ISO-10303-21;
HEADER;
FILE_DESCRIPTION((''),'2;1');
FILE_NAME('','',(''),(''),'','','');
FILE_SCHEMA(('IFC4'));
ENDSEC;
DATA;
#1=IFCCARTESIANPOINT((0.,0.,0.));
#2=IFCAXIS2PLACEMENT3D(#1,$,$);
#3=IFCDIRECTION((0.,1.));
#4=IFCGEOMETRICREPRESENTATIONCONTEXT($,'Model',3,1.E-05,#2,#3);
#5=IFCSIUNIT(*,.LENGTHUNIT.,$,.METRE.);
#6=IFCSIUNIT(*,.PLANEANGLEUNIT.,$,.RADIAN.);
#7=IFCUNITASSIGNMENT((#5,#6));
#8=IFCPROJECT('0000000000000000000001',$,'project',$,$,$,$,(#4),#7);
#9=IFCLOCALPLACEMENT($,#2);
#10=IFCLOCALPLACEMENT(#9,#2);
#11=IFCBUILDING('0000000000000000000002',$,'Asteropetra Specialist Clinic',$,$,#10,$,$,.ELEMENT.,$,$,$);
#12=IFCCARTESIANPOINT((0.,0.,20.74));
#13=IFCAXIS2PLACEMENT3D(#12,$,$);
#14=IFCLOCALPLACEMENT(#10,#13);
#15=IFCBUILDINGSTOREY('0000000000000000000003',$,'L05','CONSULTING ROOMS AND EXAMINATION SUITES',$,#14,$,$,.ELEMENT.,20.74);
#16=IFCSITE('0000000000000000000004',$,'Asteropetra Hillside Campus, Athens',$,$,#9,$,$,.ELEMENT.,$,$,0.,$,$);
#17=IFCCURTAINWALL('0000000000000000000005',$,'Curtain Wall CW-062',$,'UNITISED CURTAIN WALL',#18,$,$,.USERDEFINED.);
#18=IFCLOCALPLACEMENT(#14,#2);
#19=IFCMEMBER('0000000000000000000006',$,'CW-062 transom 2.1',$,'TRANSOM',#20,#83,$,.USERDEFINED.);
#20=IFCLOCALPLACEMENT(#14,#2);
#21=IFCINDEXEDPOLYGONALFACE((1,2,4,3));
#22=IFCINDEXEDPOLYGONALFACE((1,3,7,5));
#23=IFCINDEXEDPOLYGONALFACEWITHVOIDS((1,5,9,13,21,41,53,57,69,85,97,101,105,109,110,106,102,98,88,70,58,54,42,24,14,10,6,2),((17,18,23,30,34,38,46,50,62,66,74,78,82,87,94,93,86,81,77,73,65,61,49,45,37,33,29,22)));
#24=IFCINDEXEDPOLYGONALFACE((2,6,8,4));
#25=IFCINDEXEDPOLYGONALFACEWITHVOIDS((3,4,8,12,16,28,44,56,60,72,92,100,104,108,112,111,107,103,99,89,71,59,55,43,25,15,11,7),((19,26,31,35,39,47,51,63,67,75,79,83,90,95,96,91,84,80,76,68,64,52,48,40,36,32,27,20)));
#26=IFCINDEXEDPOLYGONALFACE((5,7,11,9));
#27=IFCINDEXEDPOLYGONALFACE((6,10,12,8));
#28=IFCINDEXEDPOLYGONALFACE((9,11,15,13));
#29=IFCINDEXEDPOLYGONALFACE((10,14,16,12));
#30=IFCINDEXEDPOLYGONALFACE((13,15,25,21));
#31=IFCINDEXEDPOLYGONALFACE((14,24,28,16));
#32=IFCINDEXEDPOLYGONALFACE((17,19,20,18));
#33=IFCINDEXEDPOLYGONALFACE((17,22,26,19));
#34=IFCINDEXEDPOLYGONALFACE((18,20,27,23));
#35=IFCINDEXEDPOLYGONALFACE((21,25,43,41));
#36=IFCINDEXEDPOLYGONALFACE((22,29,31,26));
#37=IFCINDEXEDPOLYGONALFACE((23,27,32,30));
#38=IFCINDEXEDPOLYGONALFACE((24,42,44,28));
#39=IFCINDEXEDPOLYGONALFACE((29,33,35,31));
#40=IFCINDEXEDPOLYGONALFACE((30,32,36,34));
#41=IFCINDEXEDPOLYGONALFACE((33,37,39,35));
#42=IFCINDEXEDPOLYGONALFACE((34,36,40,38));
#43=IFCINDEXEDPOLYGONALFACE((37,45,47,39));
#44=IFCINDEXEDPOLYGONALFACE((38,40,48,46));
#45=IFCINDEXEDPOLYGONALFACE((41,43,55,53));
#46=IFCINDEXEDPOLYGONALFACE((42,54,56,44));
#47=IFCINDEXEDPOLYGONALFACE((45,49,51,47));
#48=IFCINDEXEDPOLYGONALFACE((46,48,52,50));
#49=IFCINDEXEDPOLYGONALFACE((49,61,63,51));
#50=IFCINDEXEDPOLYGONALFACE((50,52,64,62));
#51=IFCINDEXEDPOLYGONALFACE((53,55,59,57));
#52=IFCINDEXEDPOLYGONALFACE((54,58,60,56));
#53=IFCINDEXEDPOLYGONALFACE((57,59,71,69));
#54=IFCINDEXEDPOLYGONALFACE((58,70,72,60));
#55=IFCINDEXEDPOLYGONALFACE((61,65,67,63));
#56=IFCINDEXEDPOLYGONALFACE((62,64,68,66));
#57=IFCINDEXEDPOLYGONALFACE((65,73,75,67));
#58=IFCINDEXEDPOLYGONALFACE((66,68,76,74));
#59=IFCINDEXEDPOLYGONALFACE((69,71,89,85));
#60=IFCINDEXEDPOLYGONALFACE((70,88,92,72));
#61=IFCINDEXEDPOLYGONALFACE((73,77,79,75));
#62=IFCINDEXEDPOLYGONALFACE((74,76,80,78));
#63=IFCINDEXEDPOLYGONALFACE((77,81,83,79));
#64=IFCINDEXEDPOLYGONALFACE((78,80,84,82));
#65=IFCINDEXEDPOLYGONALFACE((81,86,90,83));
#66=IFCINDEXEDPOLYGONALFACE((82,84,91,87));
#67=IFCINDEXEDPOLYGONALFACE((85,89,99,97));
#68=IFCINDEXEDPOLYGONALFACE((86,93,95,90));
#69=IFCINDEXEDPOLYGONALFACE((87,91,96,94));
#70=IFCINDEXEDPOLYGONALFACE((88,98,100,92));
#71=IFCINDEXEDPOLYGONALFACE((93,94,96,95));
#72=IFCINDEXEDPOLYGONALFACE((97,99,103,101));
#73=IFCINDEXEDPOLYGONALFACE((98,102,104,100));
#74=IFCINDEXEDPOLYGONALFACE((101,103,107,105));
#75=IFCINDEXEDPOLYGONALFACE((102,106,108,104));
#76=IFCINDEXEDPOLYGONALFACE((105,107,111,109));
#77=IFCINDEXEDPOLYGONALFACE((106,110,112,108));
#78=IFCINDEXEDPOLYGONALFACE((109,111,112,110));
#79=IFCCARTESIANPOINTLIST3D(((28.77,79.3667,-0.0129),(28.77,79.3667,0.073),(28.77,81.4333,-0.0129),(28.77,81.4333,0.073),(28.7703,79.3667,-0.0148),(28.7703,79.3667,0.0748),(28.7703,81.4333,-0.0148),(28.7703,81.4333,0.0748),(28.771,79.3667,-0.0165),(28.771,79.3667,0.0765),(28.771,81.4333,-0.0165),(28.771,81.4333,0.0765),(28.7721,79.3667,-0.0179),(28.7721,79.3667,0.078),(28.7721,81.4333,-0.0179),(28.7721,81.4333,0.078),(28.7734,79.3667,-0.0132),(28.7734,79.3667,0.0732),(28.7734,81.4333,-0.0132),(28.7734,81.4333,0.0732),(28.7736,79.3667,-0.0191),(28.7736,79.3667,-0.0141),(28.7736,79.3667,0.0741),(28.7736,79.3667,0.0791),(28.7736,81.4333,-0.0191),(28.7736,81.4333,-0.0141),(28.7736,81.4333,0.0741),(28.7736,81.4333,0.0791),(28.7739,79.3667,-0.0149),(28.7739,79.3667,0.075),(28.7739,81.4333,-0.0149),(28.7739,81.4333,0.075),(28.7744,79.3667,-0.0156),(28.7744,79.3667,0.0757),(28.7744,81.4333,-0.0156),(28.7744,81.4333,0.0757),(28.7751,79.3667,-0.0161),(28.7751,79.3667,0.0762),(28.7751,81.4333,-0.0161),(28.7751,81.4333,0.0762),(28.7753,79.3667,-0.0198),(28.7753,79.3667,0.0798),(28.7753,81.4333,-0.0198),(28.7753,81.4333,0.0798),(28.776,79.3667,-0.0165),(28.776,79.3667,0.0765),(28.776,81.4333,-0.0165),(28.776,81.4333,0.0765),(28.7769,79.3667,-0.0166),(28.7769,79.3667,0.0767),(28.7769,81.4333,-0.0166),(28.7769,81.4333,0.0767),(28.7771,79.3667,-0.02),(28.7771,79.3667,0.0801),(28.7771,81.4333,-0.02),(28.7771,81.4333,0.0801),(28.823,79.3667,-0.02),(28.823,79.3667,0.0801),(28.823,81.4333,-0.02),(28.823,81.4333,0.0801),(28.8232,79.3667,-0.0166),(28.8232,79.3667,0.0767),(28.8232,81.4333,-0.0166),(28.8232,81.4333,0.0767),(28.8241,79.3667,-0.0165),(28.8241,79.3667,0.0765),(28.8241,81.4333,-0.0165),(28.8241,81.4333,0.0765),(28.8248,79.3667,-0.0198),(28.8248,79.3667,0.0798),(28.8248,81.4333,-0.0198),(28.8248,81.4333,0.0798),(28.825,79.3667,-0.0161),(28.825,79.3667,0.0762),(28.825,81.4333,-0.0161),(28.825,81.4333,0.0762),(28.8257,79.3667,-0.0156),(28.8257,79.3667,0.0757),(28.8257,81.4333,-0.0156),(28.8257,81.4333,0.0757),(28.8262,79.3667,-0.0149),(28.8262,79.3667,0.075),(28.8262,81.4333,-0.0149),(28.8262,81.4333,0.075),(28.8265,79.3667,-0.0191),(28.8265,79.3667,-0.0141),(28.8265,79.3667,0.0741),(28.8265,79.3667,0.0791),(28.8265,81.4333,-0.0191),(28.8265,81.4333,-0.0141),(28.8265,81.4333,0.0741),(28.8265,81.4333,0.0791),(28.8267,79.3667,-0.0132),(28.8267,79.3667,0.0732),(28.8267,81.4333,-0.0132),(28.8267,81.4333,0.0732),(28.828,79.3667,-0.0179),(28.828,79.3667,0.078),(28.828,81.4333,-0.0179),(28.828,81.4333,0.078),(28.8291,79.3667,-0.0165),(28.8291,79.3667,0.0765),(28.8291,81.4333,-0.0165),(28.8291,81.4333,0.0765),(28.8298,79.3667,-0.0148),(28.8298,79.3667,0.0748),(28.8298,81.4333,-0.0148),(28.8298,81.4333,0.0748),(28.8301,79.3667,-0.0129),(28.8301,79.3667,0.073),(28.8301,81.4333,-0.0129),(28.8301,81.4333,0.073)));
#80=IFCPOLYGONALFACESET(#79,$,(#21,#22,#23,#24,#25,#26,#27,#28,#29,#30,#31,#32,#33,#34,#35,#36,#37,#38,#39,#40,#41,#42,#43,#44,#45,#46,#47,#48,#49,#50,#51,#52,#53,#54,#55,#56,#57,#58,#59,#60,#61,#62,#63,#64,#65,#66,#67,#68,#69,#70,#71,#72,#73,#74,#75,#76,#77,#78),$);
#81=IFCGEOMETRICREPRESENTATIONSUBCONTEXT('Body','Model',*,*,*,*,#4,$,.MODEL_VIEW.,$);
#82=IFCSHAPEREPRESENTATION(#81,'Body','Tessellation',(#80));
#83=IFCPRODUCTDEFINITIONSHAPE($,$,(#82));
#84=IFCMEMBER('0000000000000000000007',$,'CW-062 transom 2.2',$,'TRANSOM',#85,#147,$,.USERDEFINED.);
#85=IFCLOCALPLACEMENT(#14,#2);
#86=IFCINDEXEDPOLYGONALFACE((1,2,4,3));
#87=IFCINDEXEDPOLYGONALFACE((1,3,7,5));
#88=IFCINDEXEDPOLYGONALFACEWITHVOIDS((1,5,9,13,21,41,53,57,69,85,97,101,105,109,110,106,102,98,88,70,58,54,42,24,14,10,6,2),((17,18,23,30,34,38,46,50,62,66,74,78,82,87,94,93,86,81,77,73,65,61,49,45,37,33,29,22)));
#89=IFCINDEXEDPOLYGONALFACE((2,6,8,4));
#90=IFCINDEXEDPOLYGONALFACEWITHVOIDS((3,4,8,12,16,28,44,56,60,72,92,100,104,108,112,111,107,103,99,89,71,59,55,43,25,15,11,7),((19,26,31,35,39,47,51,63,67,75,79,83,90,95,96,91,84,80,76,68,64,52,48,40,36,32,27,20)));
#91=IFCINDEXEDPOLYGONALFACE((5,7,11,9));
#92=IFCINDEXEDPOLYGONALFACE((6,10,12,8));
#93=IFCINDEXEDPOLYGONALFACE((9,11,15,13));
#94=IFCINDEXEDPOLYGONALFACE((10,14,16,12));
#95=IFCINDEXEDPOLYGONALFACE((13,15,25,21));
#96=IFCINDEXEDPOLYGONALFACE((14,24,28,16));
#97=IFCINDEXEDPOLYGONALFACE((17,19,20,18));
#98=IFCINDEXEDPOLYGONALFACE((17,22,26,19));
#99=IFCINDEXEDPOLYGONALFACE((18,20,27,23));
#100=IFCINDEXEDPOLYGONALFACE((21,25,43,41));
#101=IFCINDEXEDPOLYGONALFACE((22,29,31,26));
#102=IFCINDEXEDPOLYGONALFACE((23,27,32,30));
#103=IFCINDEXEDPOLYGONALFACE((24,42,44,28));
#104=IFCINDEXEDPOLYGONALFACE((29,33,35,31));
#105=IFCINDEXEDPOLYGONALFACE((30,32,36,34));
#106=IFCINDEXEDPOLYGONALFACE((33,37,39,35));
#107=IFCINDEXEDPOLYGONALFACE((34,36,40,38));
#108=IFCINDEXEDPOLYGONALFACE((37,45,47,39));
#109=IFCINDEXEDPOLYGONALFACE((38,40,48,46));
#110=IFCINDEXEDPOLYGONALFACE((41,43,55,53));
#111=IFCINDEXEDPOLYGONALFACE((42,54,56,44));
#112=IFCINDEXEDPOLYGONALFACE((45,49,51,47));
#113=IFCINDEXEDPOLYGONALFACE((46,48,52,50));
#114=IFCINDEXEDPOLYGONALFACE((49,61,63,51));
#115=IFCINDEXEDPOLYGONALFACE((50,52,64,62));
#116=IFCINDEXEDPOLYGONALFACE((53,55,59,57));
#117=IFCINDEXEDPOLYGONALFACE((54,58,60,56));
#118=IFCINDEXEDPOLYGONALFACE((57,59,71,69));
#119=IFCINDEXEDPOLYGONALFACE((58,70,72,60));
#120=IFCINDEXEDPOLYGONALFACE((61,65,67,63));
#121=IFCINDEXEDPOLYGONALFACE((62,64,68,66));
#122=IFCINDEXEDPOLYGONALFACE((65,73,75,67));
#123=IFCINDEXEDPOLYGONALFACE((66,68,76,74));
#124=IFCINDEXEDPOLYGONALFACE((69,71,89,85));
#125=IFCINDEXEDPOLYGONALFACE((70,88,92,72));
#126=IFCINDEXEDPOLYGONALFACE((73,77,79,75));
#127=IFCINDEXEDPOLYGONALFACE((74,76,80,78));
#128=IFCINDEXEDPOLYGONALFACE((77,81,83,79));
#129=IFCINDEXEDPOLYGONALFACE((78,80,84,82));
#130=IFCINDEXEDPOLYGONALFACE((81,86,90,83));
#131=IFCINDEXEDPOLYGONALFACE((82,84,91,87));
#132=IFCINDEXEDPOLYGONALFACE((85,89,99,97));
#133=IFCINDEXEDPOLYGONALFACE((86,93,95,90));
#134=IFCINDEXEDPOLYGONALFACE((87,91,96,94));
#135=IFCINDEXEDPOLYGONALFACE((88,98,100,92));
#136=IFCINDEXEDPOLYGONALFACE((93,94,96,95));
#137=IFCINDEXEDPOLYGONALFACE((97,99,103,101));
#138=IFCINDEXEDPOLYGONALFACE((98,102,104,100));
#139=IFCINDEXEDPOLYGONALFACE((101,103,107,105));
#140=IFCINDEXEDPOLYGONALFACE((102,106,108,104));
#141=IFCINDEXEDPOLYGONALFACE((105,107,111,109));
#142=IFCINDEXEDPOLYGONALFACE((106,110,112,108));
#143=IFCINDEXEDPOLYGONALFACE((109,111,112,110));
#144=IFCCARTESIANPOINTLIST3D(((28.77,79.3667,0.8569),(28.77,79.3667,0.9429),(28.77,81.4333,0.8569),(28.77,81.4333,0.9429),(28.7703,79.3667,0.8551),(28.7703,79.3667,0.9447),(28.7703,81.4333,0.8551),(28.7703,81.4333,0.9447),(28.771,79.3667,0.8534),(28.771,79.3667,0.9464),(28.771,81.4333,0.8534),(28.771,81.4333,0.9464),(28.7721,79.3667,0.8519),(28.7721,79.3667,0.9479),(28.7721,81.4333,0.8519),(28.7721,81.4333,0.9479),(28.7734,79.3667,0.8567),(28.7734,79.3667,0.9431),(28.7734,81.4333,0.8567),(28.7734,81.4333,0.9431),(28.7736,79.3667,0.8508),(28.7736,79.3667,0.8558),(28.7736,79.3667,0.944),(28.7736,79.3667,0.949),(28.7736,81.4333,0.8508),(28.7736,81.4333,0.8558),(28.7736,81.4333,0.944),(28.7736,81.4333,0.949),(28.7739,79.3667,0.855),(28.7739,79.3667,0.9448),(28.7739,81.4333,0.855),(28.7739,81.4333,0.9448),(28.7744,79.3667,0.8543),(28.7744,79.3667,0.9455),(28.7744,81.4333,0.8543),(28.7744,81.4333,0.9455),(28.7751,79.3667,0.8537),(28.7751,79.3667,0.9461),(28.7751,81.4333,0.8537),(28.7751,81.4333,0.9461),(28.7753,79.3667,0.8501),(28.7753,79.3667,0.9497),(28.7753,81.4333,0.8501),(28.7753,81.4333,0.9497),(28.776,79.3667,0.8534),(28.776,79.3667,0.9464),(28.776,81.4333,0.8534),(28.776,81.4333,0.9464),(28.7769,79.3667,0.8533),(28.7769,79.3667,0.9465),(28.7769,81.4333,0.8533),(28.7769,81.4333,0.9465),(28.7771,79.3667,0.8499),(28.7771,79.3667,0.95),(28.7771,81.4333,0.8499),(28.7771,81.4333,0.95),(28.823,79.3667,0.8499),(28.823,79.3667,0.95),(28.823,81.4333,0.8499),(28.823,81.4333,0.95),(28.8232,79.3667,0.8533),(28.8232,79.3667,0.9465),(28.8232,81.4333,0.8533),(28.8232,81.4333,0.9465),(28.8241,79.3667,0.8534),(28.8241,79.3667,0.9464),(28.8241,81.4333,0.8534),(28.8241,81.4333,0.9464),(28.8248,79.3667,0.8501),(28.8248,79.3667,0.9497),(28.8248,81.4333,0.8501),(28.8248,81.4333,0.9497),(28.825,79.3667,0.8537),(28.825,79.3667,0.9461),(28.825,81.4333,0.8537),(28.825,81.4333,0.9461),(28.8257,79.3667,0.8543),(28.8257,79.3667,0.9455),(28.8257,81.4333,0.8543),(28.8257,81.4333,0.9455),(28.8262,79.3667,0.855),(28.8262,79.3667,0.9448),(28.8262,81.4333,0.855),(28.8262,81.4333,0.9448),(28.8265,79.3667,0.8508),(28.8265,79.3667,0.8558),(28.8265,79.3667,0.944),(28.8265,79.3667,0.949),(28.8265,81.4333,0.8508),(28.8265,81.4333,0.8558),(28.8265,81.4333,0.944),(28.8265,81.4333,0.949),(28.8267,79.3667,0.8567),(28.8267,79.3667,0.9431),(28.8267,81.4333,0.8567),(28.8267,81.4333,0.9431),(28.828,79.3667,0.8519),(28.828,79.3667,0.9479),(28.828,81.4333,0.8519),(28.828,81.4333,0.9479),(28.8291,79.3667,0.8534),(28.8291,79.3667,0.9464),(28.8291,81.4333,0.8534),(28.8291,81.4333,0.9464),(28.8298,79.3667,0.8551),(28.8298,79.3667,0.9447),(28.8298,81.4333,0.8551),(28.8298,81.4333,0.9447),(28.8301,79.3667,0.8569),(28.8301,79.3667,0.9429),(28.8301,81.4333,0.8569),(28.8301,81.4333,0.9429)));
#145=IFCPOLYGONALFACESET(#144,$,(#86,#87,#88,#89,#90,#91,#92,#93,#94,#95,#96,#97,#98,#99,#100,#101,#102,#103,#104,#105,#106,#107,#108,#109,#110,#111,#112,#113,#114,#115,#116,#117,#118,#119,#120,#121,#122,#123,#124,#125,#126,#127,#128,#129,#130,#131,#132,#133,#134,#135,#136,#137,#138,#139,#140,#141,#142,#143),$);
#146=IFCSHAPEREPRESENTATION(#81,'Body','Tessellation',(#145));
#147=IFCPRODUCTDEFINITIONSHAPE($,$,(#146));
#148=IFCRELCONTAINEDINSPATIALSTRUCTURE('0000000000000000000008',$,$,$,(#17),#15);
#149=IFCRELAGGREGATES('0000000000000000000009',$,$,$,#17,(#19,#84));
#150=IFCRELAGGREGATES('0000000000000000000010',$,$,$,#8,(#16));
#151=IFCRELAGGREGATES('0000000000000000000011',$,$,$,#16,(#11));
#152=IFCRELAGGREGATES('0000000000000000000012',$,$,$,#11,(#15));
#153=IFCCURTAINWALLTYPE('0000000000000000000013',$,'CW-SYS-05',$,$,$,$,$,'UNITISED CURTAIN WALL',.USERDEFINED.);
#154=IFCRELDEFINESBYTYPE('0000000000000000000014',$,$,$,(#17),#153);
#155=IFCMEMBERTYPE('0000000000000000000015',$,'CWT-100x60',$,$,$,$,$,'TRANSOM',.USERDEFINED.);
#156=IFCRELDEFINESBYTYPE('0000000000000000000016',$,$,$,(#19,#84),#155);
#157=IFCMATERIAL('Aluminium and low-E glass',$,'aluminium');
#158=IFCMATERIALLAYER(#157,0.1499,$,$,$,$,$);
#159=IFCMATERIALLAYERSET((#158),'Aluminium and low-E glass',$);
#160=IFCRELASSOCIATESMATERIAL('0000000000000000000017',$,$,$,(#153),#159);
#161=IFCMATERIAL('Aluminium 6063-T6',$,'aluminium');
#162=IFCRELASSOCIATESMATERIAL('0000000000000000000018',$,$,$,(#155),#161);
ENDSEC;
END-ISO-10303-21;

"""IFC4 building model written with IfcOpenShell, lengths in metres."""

from ifc_helpers import new_model, si_unit, direction, frame, origin, origin_2d, place, context, subcontext, project, spatial, hollow_rectangle, extrude, material, layer, layer_set, material_profile, profile_set, type_object, element, aggregate, save


model = new_model("IFC4")

# Units and contexts
model_context = context("Model", 3, precision=1e-05, world=origin(), true_north=direction((0.0, 1.0)))
body_context = subcontext(model_context, "Body", "Model", "MODEL_VIEW")
ifc_project = project(units=[si_unit("LENGTHUNIT", "METRE"), si_unit("PLANEANGLEUNIT", "RADIAN")], contexts=[model_context])

# Site, building, storey
site_placement = place(None, origin())
site = spatial("IfcSite", under=ifc_project, at=site_placement, Name="Asteropetra Hillside Campus, Athens", CompositionType="ELEMENT", RefElevation=0.0)
building_placement = place(site_placement, origin())
building = spatial("IfcBuilding", under=site, at=building_placement, Name="Asteropetra Specialist Clinic", CompositionType="ELEMENT")
storey_placement = place(building_placement, frame((0.0, 0.0, 20.74)))
storey = spatial("IfcBuildingStorey", under=building, at=storey_placement, Name="L05", Description="CONSULTING ROOMS AND EXAMINATION SUITES", CompositionType="ELEMENT", Elevation=20.74)

# Curtain wall, members
ifc_material_1 = material(Name="Aluminium and low-E glass", Category="aluminium")
ifc_layer_1 = layer(ifc_material_1, 0.1499)
ifc_layer_set_1 = layer_set([ifc_layer_1], Name="Aluminium and low-E glass")
curtain_wall_type = type_object("IfcCurtainWallType", Name="CW-SYS-05", ElementType="UNITISED CURTAIN WALL", PredefinedType="USERDEFINED", material=ifc_layer_set_1)
curtain_wall_placement = place(storey_placement, origin())
curtain_wall = element("IfcCurtainWall", 1, at=curtain_wall_placement, inside=storey, type_object=curtain_wall_type, Name="Curtain Wall CW-062", ObjectType="UNITISED CURTAIN WALL", PredefinedType="USERDEFINED")
ifc_material_2 = material(Name="Aluminium 6063-T6", Category="aluminium")
ifc_material_profile_1 = material_profile(ifc_material_2, hollow_rectangle(XDim=0.0601, YDim=0.1001, WallThickness=0.0034, InnerFilletRadius=0.0034, OuterFilletRadius=0.0071, at=origin_2d()), Name="TRN 100x60x3.5")
ifc_profile_set_1 = profile_set([ifc_material_profile_1], Name="Aluminium 6063-T6")
member_type_1 = type_object("IfcMemberType", Name="CWT-100x60", ElementType="TRANSOM", PredefinedType="USERDEFINED", material=ifc_profile_set_1)
member_1_placement = place(storey_placement, frame((28.8, 79.3667, 0.03), z_axis=(0.0, 1.0, 0.0), x_axis=(-1.0, 0.0, 0.0)))
member_1 = element("IfcMember", 2, at=member_1_placement, type_object=member_type_1, Name="CW-062 transom 2.1", ObjectType="TRANSOM", PredefinedType="USERDEFINED", context=body_context, shape_type="SweptSolid", body=[
    extrude(hollow_rectangle(XDim=0.0601, YDim=0.1001, WallThickness=0.0034, InnerFilletRadius=0.0034, OuterFilletRadius=0.0071, at=origin_2d()), origin(), (0.0, 0.0, 1.0), 2.0667),
])
member_2_placement = place(storey_placement, frame((28.8, 79.3667, 0.8999), z_axis=(0.0, 1.0, 0.0), x_axis=(-1.0, 0.0, 0.0)))
member_2 = element("IfcMember", 3, at=member_2_placement, type_object=member_type_1, Name="CW-062 transom 2.2", ObjectType="TRANSOM", PredefinedType="USERDEFINED", context=body_context, shape_type="SweptSolid", body=[
    extrude(hollow_rectangle(XDim=0.0601, YDim=0.1001, WallThickness=0.0034, InnerFilletRadius=0.0034, OuterFilletRadius=0.0071, at=origin_2d()), origin(), (0.0, 0.0, 1.0), 2.0667),
])
aggregate(curtain_wall, [member_1, member_2])

save(model, "model.ifc")
